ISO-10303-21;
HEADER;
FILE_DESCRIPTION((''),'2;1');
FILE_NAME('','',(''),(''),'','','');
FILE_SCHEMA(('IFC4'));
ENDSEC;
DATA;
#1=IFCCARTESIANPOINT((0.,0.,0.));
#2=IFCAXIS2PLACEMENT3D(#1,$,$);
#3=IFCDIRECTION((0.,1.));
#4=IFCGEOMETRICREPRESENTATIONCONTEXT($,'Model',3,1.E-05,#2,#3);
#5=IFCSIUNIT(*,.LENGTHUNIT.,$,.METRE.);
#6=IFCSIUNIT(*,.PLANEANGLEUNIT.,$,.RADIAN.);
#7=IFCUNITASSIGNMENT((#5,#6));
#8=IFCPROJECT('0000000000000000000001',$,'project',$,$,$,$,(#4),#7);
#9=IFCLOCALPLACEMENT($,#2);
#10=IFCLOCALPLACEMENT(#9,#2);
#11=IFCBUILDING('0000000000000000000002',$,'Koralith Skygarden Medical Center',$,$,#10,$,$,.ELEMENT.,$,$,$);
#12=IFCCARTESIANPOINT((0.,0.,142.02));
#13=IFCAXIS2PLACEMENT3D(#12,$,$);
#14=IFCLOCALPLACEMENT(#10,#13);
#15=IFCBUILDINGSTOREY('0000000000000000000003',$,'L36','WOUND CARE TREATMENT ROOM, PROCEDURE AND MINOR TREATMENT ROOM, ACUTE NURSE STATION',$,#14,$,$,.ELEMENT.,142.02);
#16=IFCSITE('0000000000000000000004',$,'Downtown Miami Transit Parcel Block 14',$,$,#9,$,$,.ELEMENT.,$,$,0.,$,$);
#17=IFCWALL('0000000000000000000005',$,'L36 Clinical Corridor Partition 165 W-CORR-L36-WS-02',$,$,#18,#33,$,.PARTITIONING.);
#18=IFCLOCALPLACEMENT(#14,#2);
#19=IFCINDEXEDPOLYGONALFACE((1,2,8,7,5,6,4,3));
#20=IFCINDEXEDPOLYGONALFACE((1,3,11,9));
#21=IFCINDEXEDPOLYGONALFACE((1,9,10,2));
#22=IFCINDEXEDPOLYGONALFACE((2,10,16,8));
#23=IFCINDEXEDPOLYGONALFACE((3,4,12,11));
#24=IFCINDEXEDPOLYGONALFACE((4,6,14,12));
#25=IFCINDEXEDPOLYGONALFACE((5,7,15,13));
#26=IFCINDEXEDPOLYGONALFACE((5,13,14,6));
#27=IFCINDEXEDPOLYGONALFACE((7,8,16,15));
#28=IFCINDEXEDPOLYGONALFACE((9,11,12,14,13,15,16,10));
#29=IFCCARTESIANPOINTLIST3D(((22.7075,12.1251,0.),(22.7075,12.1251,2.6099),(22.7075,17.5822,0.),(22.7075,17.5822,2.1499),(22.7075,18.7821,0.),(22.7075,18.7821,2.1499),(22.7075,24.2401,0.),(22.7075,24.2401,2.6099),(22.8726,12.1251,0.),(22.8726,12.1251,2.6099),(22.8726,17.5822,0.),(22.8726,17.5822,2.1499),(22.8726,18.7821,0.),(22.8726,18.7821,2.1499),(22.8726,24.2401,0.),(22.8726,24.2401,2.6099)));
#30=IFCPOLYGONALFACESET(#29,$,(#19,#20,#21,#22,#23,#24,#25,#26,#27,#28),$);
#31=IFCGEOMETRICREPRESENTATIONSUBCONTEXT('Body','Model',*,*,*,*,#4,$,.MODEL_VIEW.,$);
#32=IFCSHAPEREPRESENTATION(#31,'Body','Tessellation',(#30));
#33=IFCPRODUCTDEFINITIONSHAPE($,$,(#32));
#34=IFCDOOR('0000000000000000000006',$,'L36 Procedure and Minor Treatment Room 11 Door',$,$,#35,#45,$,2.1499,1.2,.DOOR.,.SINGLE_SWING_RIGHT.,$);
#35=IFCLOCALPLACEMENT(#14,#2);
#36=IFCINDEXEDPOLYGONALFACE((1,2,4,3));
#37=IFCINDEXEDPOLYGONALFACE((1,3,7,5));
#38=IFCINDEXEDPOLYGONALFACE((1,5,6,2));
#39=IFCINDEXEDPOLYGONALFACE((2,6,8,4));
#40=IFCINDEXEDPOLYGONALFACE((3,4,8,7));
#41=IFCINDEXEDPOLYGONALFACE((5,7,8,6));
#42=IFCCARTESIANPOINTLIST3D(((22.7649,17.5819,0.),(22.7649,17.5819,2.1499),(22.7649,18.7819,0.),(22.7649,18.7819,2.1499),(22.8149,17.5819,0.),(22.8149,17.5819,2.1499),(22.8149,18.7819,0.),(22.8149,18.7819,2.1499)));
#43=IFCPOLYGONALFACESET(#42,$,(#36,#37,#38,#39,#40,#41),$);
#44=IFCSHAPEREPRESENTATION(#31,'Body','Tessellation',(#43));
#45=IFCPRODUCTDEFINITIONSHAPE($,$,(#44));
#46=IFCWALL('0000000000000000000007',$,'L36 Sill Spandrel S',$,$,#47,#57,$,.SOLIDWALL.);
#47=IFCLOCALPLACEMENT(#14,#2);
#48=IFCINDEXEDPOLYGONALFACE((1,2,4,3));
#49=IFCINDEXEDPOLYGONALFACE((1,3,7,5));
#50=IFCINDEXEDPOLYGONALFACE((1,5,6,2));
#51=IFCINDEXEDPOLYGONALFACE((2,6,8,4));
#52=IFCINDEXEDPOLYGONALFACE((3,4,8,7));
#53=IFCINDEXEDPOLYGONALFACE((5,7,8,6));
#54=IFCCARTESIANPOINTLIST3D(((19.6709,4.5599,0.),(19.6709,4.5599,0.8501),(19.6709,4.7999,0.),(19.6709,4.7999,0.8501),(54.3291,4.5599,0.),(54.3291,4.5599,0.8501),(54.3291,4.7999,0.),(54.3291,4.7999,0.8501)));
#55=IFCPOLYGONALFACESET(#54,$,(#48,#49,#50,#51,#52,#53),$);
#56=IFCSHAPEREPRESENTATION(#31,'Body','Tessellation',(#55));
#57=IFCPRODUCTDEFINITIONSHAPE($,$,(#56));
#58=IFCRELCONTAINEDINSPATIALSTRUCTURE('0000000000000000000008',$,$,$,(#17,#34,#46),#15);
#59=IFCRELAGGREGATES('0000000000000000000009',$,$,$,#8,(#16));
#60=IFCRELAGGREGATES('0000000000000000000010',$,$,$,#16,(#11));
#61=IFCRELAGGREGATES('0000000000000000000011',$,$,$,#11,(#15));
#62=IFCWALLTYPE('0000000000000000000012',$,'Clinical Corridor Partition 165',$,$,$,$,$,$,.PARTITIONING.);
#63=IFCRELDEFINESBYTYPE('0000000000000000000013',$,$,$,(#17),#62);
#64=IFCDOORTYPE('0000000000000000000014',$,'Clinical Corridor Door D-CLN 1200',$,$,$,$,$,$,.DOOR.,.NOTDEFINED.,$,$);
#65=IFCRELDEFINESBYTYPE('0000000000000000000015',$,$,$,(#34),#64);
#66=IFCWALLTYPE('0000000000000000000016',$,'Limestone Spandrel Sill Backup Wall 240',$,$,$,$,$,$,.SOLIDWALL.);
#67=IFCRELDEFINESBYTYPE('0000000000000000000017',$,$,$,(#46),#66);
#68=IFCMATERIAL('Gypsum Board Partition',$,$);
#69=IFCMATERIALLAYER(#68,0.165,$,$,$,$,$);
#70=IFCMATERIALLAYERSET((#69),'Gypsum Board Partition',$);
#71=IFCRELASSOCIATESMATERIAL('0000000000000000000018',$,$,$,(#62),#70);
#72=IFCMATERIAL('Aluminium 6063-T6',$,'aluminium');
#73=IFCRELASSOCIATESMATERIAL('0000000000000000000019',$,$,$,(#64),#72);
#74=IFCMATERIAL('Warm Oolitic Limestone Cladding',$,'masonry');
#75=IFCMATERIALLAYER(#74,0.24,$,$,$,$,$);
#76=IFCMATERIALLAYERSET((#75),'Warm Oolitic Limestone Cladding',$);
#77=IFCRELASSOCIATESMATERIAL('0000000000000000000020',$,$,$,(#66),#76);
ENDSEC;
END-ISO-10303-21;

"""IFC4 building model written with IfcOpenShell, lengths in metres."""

from ifc_helpers import new_model, si_unit, direction, frame, frame_2d, origin, place, context, subcontext, project, spatial, rectangle, extrude, material, layer, layer_set, type_object, element, fill, save


model = new_model("IFC4")

# Units and contexts
model_context = context("Model", 3, precision=1e-05, world=origin(), true_north=direction((0.0, 1.0)))
body_context = subcontext(model_context, "Body", "Model", "MODEL_VIEW")
ifc_project = project(units=[si_unit("LENGTHUNIT", "METRE"), si_unit("PLANEANGLEUNIT", "RADIAN")], contexts=[model_context])

# Site, building, storey
site_placement = place(None, origin())
site = spatial("IfcSite", under=ifc_project, at=site_placement, Name="Downtown Miami Transit Parcel Block 14", CompositionType="ELEMENT", RefElevation=0.0)
building_placement = place(site_placement, origin())
building = spatial("IfcBuilding", under=site, at=building_placement, Name="Koralith Skygarden Medical Center", CompositionType="ELEMENT")
storey_placement = place(building_placement, frame((0.0, 0.0, 142.02)))
storey = spatial("IfcBuildingStorey", under=building, at=storey_placement, Name="L36", Description="WOUND CARE TREATMENT ROOM, PROCEDURE AND MINOR TREATMENT ROOM, ACUTE NURSE STATION", CompositionType="ELEMENT", Elevation=142.02)

# Shared definitions
ifc_material_1 = material(Name="Aluminium 6063-T6", Category="aluminium")

# Shared definitions
ifc_material_2 = material(Name="Gypsum Board Partition")
ifc_layer_1 = layer(ifc_material_2, 0.165)
ifc_layer_set_1 = layer_set([ifc_layer_1], Name="Gypsum Board Partition")
wall_type_1 = type_object("IfcWallType", Name="Clinical Corridor Partition 165", PredefinedType="PARTITIONING", material=ifc_layer_set_1)

# Wall, opening, door
door_type = type_object("IfcDoorType", Name="Clinical Corridor Door D-CLN 1200", OperationType="NOTDEFINED", PredefinedType="DOOR", material=ifc_material_1)
wall_1_placement = place(storey_placement, frame((22.79, 12.125, 0.0), z_axis=(0.0, 0.0, 1.0), x_axis=(0.0, 1.0, 0.0)))
wall_1 = element("IfcWall", 1, at=wall_1_placement, inside=storey, type_object=wall_type_1, Name="L36 Clinical Corridor Partition 165 W-CORR-L36-WS-02", PredefinedType="PARTITIONING", context=body_context, shape_type="SweptSolid", body=[
    extrude(rectangle(XDim=12.115, YDim=0.165, at=frame_2d((6.0576, 0.0))), origin(), (0.0, 0.0, 1.0), 2.6099),
])
opening_1_placement = place(wall_1_placement, frame((5.457, 0.0, 0.0)))
opening_1 = element("IfcOpeningElement", 2, at=opening_1_placement, cuts=wall_1, PredefinedType="OPENING", context=body_context, shape_type="SweptSolid", body=[
    extrude(rectangle(XDim=1.2, YDim=2.1499, at=frame_2d((0.6001, 1.075))), frame((0.0, 0.0925, 0.0), z_axis=(0.0, -1.0, 0.0), x_axis=(1.0, 0.0, 0.0)), (0.0, 0.0, 1.0), 0.1851),
])
door_1_placement = place(opening_1_placement, frame((1.2, 0.0, 0.0), z_axis=(0.0, 0.0, 1.0), x_axis=(-1.0, 0.0, 0.0)))
door_1 = element("IfcDoor", 3, at=door_1_placement, inside=storey, type_object=door_type, Name="L36 Procedure and Minor Treatment Room 11 Door", OperationType="SINGLE_SWING_RIGHT", OverallHeight=2.1499, OverallWidth=1.2, PredefinedType="DOOR", context=body_context, shape_type="SweptSolid", body=[
    extrude(rectangle(XDim=1.2, YDim=2.1499, at=frame_2d((0.6001, 1.075))), frame((0.0, 0.0249, 0.0), z_axis=(0.0, -1.0, 0.0), x_axis=(1.0, 0.0, 0.0)), (0.0, 0.0, 1.0), 0.05),
])
fill(opening_1, door_1)

# Wall
ifc_material_3 = material(Name="Warm Oolitic Limestone Cladding", Category="masonry")
ifc_layer_2 = layer(ifc_material_3, 0.24)
ifc_layer_set_2 = layer_set([ifc_layer_2], Name="Warm Oolitic Limestone Cladding")
wall_type_2 = type_object("IfcWallType", Name="Limestone Spandrel Sill Backup Wall 240", PredefinedType="SOLIDWALL", material=ifc_layer_set_2)
wall_2_placement = place(storey_placement, frame((19.6709, 4.6799, 0.0), z_axis=(0.0, 0.0, 1.0), x_axis=(1.0, 0.0, 0.0)))
element("IfcWall", 4, at=wall_2_placement, inside=storey, type_object=wall_type_2, Name="L36 Sill Spandrel S", PredefinedType="SOLIDWALL", context=body_context, shape_type="SweptSolid", body=[
    extrude(rectangle(XDim=34.6582, YDim=0.24, at=frame_2d((17.3291, 0.0))), origin(), (0.0, 0.0, 1.0), 0.8501),
])

save(model, "model.ifc")
